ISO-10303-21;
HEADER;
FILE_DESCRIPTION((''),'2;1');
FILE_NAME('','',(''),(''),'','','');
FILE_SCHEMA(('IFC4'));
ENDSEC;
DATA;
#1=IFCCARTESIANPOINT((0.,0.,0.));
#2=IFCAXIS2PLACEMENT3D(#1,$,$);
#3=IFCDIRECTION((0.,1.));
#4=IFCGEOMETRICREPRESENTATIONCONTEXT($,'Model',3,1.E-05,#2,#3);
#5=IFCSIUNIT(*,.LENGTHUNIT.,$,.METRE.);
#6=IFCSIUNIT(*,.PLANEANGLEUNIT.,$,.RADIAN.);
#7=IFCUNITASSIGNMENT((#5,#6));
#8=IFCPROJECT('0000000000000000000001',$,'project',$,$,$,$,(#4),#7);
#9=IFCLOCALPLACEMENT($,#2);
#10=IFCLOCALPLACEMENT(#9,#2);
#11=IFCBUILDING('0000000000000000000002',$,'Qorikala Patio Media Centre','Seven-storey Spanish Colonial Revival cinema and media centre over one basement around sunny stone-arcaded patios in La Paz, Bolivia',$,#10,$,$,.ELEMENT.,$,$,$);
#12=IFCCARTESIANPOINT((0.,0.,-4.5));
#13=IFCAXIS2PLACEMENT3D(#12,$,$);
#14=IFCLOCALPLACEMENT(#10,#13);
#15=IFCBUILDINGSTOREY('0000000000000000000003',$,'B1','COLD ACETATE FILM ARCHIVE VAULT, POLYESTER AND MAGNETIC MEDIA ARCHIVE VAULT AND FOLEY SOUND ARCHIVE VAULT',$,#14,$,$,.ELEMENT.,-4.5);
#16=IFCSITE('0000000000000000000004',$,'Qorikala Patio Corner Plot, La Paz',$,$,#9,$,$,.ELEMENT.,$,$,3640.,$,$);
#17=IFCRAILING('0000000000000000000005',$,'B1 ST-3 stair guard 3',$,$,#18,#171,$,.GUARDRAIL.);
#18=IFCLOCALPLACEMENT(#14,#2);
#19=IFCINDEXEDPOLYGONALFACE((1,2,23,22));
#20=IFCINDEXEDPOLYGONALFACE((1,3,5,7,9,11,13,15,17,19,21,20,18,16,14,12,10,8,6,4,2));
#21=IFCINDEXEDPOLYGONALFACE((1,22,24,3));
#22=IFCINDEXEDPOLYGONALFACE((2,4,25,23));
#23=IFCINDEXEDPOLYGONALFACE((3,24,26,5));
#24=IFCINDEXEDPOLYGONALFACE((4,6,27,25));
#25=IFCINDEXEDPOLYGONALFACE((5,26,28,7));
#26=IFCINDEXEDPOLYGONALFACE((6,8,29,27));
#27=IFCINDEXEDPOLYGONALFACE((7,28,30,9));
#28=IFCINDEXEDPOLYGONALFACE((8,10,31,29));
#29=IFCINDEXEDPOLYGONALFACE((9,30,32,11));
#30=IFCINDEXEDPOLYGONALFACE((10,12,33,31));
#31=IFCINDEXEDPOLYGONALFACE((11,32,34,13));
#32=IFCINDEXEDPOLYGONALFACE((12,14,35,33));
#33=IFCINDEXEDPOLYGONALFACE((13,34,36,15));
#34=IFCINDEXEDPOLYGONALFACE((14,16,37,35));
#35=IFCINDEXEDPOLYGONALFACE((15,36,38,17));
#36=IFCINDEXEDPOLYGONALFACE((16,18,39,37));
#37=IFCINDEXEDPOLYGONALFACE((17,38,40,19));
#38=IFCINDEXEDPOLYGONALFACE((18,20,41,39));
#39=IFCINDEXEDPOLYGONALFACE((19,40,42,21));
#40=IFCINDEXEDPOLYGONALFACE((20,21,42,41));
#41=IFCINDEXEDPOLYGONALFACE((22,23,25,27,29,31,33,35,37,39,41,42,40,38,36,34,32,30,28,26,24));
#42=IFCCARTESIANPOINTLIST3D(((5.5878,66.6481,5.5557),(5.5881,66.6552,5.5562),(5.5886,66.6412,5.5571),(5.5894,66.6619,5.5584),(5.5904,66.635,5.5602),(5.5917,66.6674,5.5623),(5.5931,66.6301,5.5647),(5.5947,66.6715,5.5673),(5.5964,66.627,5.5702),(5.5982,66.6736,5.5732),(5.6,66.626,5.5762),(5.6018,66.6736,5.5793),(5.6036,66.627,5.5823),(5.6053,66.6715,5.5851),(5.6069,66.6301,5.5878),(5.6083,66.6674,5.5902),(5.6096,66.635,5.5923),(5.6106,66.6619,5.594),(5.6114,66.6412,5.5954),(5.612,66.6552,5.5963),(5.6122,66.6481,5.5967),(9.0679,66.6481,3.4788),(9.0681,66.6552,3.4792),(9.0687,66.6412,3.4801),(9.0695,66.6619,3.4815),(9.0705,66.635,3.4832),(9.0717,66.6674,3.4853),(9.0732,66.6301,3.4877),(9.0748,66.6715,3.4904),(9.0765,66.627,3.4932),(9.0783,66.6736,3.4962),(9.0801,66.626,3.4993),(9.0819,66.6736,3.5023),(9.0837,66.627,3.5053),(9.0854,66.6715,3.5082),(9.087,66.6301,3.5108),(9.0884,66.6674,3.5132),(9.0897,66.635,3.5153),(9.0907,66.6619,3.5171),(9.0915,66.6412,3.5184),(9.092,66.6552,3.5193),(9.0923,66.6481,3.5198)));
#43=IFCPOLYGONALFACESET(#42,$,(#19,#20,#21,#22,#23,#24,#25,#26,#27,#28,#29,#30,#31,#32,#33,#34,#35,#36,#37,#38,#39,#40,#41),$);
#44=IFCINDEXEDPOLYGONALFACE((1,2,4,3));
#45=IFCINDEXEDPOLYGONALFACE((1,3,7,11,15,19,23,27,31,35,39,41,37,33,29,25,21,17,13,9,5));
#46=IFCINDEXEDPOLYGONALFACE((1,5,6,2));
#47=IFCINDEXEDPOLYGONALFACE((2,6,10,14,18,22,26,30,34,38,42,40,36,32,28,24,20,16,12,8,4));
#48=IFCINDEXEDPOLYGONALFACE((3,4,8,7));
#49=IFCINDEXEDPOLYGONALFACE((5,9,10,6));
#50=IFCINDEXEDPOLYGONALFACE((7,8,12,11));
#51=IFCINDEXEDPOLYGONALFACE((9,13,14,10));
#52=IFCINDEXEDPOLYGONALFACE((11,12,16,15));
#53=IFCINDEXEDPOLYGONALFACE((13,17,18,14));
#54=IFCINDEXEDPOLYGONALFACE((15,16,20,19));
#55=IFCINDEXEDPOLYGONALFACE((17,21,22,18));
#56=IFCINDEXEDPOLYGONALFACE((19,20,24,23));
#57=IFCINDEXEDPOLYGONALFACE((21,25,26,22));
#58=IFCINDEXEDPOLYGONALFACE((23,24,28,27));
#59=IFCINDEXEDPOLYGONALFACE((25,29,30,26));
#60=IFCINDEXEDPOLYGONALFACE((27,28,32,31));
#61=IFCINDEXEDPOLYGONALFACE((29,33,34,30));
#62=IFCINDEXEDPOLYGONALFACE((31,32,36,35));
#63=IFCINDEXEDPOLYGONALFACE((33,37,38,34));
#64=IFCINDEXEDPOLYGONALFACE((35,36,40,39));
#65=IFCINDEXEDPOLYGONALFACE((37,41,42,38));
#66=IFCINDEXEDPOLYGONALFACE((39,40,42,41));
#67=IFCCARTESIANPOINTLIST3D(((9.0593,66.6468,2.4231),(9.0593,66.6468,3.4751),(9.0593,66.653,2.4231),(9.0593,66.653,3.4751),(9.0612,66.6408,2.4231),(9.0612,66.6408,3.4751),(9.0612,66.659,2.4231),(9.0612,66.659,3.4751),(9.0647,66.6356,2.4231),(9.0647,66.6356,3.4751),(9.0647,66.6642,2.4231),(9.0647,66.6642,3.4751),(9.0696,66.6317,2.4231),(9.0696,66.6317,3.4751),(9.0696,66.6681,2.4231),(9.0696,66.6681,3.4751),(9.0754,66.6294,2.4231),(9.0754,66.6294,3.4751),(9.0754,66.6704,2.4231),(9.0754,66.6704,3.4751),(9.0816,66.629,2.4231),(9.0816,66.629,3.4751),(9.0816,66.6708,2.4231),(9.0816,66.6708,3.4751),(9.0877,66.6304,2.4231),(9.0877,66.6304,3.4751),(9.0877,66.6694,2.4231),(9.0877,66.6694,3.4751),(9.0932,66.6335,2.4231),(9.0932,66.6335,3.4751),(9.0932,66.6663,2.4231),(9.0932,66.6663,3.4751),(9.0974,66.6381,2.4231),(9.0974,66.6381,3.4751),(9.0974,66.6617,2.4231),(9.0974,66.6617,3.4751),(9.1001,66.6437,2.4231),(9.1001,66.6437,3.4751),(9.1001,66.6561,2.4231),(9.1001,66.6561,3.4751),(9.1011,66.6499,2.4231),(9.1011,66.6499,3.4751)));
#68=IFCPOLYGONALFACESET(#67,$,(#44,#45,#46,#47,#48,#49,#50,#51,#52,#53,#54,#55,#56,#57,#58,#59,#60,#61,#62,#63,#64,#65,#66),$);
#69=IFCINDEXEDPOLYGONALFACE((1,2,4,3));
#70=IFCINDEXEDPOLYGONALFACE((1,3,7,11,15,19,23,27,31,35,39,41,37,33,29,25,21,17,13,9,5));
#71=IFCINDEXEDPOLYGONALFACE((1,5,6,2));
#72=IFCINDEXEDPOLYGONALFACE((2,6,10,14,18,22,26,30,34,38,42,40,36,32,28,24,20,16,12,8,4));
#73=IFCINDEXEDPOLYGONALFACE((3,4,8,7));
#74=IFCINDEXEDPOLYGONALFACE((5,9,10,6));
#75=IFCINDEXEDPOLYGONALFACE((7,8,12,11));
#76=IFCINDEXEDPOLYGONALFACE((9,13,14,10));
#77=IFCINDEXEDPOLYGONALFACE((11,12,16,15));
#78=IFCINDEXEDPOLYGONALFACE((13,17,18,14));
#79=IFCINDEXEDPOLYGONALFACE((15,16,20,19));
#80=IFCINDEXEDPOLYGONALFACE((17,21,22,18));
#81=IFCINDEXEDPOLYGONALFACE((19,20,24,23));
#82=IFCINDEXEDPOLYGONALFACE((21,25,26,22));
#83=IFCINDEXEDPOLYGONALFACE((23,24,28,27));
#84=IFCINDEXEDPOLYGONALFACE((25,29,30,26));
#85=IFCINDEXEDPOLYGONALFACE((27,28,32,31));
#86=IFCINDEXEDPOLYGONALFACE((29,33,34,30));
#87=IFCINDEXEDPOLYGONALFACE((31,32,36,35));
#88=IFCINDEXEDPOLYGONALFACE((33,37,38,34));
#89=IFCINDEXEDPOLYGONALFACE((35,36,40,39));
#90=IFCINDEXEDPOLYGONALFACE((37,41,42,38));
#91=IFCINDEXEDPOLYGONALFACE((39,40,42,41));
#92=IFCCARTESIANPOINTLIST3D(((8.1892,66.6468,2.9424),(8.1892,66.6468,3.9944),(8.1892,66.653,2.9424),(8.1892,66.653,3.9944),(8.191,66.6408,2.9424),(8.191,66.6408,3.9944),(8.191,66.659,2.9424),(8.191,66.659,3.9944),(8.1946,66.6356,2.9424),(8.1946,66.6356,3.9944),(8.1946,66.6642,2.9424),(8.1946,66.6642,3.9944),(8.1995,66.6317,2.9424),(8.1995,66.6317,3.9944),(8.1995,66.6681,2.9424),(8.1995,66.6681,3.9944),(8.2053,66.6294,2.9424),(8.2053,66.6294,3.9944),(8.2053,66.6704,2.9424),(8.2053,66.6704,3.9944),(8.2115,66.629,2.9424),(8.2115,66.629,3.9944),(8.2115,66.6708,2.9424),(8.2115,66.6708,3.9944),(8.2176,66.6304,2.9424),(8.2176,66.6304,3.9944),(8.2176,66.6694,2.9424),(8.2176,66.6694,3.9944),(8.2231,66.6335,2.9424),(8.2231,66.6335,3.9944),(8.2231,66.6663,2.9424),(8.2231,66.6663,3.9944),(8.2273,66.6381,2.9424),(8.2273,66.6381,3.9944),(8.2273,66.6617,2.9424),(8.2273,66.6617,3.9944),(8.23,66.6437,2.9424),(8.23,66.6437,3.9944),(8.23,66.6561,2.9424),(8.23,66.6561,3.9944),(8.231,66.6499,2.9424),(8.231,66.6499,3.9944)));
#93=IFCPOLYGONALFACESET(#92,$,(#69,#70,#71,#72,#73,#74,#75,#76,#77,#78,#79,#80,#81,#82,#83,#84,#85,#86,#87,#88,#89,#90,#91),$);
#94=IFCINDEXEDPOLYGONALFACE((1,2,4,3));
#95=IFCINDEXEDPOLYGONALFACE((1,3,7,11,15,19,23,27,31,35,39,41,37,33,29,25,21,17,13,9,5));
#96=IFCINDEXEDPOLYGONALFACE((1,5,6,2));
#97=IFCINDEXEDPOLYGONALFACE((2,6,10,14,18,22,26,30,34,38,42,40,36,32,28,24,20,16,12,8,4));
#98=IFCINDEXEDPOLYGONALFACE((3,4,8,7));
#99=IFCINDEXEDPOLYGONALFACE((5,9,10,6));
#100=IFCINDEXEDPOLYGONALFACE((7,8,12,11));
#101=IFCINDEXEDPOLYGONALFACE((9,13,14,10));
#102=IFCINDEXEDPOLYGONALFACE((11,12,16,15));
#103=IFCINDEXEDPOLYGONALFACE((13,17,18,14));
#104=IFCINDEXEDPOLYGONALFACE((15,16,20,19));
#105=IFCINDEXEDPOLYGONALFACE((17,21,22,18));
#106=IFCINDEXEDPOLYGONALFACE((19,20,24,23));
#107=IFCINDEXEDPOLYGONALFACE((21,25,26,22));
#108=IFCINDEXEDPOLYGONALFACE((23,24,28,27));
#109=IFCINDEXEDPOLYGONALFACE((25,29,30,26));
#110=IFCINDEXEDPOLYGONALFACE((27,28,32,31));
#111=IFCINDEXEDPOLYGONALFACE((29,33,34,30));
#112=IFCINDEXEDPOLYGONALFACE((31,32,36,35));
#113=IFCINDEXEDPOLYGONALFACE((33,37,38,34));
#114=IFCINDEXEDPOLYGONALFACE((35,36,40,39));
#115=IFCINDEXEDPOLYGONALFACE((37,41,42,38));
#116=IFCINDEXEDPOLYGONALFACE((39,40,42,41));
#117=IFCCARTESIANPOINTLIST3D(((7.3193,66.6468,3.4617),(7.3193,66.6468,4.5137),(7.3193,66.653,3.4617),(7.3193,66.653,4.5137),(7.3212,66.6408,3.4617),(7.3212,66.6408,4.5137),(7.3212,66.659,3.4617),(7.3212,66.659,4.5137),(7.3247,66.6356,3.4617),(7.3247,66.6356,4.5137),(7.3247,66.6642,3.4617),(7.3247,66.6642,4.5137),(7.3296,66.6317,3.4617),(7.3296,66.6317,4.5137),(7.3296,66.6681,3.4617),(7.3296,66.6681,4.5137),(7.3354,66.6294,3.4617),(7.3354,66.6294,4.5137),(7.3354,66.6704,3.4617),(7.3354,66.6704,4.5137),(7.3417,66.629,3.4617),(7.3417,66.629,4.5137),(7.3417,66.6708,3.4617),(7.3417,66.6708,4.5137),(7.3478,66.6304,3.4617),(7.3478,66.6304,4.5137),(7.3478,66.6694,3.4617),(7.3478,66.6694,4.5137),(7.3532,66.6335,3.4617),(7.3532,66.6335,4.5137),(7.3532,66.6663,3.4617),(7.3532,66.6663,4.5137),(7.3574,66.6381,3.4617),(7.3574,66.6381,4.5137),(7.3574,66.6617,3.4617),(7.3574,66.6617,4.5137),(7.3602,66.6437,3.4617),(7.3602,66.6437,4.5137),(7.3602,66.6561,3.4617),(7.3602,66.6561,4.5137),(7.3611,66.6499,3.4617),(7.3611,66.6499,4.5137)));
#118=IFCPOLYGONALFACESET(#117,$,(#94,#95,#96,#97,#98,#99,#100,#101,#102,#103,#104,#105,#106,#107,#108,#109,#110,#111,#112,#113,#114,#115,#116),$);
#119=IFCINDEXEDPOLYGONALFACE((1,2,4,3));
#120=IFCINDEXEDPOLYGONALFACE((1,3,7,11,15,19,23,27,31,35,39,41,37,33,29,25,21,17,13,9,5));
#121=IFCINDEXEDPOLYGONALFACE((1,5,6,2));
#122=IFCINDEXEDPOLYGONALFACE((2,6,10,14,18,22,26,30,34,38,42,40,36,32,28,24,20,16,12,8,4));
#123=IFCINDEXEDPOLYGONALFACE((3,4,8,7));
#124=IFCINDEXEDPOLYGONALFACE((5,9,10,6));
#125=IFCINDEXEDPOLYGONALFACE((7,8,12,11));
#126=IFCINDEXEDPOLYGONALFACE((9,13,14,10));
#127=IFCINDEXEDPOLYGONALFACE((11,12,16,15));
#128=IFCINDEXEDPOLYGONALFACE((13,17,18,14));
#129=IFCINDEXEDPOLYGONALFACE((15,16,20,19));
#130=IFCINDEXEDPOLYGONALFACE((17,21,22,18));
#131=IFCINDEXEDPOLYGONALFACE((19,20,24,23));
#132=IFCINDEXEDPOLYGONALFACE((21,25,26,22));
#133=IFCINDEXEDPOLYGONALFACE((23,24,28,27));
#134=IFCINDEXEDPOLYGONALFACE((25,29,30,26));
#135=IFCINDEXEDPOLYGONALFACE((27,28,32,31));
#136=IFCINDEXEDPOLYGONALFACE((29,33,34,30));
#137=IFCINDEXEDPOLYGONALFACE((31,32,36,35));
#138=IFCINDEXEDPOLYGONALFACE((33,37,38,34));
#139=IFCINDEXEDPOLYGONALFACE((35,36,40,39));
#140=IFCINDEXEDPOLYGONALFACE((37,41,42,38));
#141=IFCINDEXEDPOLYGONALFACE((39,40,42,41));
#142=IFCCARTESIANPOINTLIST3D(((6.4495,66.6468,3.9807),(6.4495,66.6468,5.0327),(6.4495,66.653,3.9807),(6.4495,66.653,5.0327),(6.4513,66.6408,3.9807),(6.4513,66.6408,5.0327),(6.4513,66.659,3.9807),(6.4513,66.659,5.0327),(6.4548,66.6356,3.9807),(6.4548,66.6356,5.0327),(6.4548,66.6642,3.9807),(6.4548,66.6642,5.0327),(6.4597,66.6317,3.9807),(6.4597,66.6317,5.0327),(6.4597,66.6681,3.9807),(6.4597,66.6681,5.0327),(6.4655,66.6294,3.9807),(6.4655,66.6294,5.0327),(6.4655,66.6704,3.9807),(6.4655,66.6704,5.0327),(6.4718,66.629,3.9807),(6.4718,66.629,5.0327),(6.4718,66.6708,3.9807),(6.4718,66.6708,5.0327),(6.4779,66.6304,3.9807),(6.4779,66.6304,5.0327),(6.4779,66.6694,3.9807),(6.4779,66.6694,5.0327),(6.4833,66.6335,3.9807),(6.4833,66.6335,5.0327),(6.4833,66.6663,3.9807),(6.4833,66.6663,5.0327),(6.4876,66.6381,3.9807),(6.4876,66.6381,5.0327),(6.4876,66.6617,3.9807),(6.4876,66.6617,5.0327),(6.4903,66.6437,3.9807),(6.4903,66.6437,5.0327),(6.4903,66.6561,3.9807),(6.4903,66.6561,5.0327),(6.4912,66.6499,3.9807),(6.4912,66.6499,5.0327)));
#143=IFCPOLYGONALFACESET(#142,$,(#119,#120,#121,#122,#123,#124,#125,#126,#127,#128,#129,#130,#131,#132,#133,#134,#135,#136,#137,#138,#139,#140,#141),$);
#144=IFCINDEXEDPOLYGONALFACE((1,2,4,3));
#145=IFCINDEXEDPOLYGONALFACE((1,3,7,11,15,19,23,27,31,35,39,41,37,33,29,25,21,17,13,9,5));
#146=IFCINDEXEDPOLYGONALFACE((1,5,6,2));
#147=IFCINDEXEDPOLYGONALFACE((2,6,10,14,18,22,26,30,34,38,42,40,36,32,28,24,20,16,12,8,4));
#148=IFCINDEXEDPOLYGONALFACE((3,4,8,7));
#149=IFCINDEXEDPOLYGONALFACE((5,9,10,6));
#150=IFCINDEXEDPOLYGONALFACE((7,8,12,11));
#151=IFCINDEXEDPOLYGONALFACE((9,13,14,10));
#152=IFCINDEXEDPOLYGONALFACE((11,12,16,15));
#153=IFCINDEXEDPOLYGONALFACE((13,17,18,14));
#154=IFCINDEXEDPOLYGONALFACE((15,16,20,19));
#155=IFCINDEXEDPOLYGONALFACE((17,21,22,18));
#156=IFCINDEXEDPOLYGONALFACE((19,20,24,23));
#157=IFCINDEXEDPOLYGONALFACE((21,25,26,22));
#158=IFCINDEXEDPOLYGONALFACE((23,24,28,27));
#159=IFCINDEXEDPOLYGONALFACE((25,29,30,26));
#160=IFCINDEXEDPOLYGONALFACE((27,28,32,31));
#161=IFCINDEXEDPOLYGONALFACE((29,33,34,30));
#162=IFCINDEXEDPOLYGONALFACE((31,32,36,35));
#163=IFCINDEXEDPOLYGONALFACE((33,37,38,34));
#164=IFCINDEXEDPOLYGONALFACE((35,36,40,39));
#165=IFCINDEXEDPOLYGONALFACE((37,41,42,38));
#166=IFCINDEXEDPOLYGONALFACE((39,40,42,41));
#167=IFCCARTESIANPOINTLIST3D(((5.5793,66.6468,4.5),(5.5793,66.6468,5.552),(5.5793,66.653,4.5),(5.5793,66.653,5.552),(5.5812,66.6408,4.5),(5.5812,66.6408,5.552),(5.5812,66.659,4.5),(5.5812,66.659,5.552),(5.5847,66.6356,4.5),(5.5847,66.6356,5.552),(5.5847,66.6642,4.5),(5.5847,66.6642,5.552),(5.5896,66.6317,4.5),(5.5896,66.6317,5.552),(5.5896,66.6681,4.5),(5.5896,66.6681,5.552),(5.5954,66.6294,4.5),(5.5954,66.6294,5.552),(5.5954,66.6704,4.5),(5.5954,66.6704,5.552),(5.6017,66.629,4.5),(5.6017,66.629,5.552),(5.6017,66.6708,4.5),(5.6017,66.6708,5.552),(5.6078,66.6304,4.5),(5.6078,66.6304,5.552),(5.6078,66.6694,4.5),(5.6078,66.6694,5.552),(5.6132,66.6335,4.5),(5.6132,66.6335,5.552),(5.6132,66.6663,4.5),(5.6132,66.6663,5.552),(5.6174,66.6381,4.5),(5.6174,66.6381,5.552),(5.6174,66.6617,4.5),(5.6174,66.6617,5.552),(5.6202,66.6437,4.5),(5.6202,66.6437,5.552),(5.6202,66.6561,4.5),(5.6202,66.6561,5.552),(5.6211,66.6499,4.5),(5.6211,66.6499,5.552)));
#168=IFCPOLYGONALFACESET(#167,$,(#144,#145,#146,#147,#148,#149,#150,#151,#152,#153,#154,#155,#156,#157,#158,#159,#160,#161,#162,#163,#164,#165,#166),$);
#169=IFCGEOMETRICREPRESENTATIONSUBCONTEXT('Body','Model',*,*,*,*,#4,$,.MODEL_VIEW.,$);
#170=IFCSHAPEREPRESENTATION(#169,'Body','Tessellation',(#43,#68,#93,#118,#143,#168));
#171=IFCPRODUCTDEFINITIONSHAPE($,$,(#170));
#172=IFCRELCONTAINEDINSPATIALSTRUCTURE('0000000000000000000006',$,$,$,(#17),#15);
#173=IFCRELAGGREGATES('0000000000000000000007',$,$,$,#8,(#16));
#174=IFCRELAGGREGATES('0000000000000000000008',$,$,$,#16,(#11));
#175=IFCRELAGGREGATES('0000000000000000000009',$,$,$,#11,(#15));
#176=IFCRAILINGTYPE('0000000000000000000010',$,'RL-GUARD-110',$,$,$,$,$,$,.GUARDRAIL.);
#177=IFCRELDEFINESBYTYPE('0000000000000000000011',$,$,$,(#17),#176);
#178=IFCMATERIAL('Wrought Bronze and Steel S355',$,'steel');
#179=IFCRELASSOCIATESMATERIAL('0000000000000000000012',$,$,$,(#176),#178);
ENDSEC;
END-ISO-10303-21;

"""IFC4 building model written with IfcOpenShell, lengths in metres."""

from ifc_helpers import new_model, si_unit, direction, frame, origin, origin_2d, place, context, subcontext, project, spatial, circle, extrude, material, type_object, element, save


model = new_model("IFC4")

# Units and contexts
model_context = context("Model", 3, precision=1e-05, world=origin(), true_north=direction((0.0, 1.0)))
body_context = subcontext(model_context, "Body", "Model", "MODEL_VIEW")
ifc_project = project(units=[si_unit("LENGTHUNIT", "METRE"), si_unit("PLANEANGLEUNIT", "RADIAN")], contexts=[model_context])

# Site, building, storey
site_placement = place(None, origin())
site = spatial("IfcSite", under=ifc_project, at=site_placement, Name="Qorikala Patio Corner Plot, La Paz", CompositionType="ELEMENT", RefElevation=3640.0)
building_placement = place(site_placement, origin())
building = spatial("IfcBuilding", under=site, at=building_placement, Name="Qorikala Patio Media Centre", Description="Seven-storey Spanish Colonial Revival cinema and media centre over one basement around sunny stone-arcaded patios in La Paz, Bolivia", CompositionType="ELEMENT")
storey_placement = place(building_placement, frame((0.0, 0.0, -4.5)))
storey = spatial("IfcBuildingStorey", under=building, at=storey_placement, Name="B1", Description="COLD ACETATE FILM ARCHIVE VAULT, POLYESTER AND MAGNETIC MEDIA ARCHIVE VAULT AND FOLEY SOUND ARCHIVE VAULT", CompositionType="ELEMENT", Elevation=-4.5)

# Railing
ifc_material_1 = material(Name="Wrought Bronze and Steel S355", Category="steel")
railing_type_1 = type_object("IfcRailingType", Name="RL-GUARD-110", PredefinedType="GUARDRAIL", material=ifc_material_1)
railing_1_placement = place(storey_placement, frame((9.0801, 66.6499, 2.4231)))
element("IfcRailing", 1, at=railing_1_placement, inside=storey, type_object=railing_type_1, Name="B1 ST-3 stair guard 3", PredefinedType="GUARDRAIL", context=body_context, shape_type="SweptSolid", body=[
    extrude(circle(Radius=0.0239, at=origin_2d()), frame((0.0, 0.0, 1.0762), z_axis=(-0.858697, 0.0, 0.512483), x_axis=(0.0, -1.0, 0.0)), (0.0, 0.0, 1.0), 4.0527),
    extrude(circle(Radius=0.021, at=origin_2d()), origin(), (0.0, 0.0, 1.0), 1.052),
    extrude(circle(Radius=0.021, at=origin_2d()), frame((-0.8701, 0.0, 0.5193)), (0.0, 0.0, 1.0), 1.052),
    extrude(circle(Radius=0.021, at=origin_2d()), frame((-1.74, 0.0, 1.0386)), (0.0, 0.0, 1.0), 1.052),
    extrude(circle(Radius=0.021, at=origin_2d()), frame((-2.6099, 0.0, 1.5576)), (0.0, 0.0, 1.0), 1.052),
    extrude(circle(Radius=0.021, at=origin_2d()), frame((-3.48, 0.0, 2.0769)), (0.0, 0.0, 1.0), 1.052),
])

save(model, "model.ifc")
